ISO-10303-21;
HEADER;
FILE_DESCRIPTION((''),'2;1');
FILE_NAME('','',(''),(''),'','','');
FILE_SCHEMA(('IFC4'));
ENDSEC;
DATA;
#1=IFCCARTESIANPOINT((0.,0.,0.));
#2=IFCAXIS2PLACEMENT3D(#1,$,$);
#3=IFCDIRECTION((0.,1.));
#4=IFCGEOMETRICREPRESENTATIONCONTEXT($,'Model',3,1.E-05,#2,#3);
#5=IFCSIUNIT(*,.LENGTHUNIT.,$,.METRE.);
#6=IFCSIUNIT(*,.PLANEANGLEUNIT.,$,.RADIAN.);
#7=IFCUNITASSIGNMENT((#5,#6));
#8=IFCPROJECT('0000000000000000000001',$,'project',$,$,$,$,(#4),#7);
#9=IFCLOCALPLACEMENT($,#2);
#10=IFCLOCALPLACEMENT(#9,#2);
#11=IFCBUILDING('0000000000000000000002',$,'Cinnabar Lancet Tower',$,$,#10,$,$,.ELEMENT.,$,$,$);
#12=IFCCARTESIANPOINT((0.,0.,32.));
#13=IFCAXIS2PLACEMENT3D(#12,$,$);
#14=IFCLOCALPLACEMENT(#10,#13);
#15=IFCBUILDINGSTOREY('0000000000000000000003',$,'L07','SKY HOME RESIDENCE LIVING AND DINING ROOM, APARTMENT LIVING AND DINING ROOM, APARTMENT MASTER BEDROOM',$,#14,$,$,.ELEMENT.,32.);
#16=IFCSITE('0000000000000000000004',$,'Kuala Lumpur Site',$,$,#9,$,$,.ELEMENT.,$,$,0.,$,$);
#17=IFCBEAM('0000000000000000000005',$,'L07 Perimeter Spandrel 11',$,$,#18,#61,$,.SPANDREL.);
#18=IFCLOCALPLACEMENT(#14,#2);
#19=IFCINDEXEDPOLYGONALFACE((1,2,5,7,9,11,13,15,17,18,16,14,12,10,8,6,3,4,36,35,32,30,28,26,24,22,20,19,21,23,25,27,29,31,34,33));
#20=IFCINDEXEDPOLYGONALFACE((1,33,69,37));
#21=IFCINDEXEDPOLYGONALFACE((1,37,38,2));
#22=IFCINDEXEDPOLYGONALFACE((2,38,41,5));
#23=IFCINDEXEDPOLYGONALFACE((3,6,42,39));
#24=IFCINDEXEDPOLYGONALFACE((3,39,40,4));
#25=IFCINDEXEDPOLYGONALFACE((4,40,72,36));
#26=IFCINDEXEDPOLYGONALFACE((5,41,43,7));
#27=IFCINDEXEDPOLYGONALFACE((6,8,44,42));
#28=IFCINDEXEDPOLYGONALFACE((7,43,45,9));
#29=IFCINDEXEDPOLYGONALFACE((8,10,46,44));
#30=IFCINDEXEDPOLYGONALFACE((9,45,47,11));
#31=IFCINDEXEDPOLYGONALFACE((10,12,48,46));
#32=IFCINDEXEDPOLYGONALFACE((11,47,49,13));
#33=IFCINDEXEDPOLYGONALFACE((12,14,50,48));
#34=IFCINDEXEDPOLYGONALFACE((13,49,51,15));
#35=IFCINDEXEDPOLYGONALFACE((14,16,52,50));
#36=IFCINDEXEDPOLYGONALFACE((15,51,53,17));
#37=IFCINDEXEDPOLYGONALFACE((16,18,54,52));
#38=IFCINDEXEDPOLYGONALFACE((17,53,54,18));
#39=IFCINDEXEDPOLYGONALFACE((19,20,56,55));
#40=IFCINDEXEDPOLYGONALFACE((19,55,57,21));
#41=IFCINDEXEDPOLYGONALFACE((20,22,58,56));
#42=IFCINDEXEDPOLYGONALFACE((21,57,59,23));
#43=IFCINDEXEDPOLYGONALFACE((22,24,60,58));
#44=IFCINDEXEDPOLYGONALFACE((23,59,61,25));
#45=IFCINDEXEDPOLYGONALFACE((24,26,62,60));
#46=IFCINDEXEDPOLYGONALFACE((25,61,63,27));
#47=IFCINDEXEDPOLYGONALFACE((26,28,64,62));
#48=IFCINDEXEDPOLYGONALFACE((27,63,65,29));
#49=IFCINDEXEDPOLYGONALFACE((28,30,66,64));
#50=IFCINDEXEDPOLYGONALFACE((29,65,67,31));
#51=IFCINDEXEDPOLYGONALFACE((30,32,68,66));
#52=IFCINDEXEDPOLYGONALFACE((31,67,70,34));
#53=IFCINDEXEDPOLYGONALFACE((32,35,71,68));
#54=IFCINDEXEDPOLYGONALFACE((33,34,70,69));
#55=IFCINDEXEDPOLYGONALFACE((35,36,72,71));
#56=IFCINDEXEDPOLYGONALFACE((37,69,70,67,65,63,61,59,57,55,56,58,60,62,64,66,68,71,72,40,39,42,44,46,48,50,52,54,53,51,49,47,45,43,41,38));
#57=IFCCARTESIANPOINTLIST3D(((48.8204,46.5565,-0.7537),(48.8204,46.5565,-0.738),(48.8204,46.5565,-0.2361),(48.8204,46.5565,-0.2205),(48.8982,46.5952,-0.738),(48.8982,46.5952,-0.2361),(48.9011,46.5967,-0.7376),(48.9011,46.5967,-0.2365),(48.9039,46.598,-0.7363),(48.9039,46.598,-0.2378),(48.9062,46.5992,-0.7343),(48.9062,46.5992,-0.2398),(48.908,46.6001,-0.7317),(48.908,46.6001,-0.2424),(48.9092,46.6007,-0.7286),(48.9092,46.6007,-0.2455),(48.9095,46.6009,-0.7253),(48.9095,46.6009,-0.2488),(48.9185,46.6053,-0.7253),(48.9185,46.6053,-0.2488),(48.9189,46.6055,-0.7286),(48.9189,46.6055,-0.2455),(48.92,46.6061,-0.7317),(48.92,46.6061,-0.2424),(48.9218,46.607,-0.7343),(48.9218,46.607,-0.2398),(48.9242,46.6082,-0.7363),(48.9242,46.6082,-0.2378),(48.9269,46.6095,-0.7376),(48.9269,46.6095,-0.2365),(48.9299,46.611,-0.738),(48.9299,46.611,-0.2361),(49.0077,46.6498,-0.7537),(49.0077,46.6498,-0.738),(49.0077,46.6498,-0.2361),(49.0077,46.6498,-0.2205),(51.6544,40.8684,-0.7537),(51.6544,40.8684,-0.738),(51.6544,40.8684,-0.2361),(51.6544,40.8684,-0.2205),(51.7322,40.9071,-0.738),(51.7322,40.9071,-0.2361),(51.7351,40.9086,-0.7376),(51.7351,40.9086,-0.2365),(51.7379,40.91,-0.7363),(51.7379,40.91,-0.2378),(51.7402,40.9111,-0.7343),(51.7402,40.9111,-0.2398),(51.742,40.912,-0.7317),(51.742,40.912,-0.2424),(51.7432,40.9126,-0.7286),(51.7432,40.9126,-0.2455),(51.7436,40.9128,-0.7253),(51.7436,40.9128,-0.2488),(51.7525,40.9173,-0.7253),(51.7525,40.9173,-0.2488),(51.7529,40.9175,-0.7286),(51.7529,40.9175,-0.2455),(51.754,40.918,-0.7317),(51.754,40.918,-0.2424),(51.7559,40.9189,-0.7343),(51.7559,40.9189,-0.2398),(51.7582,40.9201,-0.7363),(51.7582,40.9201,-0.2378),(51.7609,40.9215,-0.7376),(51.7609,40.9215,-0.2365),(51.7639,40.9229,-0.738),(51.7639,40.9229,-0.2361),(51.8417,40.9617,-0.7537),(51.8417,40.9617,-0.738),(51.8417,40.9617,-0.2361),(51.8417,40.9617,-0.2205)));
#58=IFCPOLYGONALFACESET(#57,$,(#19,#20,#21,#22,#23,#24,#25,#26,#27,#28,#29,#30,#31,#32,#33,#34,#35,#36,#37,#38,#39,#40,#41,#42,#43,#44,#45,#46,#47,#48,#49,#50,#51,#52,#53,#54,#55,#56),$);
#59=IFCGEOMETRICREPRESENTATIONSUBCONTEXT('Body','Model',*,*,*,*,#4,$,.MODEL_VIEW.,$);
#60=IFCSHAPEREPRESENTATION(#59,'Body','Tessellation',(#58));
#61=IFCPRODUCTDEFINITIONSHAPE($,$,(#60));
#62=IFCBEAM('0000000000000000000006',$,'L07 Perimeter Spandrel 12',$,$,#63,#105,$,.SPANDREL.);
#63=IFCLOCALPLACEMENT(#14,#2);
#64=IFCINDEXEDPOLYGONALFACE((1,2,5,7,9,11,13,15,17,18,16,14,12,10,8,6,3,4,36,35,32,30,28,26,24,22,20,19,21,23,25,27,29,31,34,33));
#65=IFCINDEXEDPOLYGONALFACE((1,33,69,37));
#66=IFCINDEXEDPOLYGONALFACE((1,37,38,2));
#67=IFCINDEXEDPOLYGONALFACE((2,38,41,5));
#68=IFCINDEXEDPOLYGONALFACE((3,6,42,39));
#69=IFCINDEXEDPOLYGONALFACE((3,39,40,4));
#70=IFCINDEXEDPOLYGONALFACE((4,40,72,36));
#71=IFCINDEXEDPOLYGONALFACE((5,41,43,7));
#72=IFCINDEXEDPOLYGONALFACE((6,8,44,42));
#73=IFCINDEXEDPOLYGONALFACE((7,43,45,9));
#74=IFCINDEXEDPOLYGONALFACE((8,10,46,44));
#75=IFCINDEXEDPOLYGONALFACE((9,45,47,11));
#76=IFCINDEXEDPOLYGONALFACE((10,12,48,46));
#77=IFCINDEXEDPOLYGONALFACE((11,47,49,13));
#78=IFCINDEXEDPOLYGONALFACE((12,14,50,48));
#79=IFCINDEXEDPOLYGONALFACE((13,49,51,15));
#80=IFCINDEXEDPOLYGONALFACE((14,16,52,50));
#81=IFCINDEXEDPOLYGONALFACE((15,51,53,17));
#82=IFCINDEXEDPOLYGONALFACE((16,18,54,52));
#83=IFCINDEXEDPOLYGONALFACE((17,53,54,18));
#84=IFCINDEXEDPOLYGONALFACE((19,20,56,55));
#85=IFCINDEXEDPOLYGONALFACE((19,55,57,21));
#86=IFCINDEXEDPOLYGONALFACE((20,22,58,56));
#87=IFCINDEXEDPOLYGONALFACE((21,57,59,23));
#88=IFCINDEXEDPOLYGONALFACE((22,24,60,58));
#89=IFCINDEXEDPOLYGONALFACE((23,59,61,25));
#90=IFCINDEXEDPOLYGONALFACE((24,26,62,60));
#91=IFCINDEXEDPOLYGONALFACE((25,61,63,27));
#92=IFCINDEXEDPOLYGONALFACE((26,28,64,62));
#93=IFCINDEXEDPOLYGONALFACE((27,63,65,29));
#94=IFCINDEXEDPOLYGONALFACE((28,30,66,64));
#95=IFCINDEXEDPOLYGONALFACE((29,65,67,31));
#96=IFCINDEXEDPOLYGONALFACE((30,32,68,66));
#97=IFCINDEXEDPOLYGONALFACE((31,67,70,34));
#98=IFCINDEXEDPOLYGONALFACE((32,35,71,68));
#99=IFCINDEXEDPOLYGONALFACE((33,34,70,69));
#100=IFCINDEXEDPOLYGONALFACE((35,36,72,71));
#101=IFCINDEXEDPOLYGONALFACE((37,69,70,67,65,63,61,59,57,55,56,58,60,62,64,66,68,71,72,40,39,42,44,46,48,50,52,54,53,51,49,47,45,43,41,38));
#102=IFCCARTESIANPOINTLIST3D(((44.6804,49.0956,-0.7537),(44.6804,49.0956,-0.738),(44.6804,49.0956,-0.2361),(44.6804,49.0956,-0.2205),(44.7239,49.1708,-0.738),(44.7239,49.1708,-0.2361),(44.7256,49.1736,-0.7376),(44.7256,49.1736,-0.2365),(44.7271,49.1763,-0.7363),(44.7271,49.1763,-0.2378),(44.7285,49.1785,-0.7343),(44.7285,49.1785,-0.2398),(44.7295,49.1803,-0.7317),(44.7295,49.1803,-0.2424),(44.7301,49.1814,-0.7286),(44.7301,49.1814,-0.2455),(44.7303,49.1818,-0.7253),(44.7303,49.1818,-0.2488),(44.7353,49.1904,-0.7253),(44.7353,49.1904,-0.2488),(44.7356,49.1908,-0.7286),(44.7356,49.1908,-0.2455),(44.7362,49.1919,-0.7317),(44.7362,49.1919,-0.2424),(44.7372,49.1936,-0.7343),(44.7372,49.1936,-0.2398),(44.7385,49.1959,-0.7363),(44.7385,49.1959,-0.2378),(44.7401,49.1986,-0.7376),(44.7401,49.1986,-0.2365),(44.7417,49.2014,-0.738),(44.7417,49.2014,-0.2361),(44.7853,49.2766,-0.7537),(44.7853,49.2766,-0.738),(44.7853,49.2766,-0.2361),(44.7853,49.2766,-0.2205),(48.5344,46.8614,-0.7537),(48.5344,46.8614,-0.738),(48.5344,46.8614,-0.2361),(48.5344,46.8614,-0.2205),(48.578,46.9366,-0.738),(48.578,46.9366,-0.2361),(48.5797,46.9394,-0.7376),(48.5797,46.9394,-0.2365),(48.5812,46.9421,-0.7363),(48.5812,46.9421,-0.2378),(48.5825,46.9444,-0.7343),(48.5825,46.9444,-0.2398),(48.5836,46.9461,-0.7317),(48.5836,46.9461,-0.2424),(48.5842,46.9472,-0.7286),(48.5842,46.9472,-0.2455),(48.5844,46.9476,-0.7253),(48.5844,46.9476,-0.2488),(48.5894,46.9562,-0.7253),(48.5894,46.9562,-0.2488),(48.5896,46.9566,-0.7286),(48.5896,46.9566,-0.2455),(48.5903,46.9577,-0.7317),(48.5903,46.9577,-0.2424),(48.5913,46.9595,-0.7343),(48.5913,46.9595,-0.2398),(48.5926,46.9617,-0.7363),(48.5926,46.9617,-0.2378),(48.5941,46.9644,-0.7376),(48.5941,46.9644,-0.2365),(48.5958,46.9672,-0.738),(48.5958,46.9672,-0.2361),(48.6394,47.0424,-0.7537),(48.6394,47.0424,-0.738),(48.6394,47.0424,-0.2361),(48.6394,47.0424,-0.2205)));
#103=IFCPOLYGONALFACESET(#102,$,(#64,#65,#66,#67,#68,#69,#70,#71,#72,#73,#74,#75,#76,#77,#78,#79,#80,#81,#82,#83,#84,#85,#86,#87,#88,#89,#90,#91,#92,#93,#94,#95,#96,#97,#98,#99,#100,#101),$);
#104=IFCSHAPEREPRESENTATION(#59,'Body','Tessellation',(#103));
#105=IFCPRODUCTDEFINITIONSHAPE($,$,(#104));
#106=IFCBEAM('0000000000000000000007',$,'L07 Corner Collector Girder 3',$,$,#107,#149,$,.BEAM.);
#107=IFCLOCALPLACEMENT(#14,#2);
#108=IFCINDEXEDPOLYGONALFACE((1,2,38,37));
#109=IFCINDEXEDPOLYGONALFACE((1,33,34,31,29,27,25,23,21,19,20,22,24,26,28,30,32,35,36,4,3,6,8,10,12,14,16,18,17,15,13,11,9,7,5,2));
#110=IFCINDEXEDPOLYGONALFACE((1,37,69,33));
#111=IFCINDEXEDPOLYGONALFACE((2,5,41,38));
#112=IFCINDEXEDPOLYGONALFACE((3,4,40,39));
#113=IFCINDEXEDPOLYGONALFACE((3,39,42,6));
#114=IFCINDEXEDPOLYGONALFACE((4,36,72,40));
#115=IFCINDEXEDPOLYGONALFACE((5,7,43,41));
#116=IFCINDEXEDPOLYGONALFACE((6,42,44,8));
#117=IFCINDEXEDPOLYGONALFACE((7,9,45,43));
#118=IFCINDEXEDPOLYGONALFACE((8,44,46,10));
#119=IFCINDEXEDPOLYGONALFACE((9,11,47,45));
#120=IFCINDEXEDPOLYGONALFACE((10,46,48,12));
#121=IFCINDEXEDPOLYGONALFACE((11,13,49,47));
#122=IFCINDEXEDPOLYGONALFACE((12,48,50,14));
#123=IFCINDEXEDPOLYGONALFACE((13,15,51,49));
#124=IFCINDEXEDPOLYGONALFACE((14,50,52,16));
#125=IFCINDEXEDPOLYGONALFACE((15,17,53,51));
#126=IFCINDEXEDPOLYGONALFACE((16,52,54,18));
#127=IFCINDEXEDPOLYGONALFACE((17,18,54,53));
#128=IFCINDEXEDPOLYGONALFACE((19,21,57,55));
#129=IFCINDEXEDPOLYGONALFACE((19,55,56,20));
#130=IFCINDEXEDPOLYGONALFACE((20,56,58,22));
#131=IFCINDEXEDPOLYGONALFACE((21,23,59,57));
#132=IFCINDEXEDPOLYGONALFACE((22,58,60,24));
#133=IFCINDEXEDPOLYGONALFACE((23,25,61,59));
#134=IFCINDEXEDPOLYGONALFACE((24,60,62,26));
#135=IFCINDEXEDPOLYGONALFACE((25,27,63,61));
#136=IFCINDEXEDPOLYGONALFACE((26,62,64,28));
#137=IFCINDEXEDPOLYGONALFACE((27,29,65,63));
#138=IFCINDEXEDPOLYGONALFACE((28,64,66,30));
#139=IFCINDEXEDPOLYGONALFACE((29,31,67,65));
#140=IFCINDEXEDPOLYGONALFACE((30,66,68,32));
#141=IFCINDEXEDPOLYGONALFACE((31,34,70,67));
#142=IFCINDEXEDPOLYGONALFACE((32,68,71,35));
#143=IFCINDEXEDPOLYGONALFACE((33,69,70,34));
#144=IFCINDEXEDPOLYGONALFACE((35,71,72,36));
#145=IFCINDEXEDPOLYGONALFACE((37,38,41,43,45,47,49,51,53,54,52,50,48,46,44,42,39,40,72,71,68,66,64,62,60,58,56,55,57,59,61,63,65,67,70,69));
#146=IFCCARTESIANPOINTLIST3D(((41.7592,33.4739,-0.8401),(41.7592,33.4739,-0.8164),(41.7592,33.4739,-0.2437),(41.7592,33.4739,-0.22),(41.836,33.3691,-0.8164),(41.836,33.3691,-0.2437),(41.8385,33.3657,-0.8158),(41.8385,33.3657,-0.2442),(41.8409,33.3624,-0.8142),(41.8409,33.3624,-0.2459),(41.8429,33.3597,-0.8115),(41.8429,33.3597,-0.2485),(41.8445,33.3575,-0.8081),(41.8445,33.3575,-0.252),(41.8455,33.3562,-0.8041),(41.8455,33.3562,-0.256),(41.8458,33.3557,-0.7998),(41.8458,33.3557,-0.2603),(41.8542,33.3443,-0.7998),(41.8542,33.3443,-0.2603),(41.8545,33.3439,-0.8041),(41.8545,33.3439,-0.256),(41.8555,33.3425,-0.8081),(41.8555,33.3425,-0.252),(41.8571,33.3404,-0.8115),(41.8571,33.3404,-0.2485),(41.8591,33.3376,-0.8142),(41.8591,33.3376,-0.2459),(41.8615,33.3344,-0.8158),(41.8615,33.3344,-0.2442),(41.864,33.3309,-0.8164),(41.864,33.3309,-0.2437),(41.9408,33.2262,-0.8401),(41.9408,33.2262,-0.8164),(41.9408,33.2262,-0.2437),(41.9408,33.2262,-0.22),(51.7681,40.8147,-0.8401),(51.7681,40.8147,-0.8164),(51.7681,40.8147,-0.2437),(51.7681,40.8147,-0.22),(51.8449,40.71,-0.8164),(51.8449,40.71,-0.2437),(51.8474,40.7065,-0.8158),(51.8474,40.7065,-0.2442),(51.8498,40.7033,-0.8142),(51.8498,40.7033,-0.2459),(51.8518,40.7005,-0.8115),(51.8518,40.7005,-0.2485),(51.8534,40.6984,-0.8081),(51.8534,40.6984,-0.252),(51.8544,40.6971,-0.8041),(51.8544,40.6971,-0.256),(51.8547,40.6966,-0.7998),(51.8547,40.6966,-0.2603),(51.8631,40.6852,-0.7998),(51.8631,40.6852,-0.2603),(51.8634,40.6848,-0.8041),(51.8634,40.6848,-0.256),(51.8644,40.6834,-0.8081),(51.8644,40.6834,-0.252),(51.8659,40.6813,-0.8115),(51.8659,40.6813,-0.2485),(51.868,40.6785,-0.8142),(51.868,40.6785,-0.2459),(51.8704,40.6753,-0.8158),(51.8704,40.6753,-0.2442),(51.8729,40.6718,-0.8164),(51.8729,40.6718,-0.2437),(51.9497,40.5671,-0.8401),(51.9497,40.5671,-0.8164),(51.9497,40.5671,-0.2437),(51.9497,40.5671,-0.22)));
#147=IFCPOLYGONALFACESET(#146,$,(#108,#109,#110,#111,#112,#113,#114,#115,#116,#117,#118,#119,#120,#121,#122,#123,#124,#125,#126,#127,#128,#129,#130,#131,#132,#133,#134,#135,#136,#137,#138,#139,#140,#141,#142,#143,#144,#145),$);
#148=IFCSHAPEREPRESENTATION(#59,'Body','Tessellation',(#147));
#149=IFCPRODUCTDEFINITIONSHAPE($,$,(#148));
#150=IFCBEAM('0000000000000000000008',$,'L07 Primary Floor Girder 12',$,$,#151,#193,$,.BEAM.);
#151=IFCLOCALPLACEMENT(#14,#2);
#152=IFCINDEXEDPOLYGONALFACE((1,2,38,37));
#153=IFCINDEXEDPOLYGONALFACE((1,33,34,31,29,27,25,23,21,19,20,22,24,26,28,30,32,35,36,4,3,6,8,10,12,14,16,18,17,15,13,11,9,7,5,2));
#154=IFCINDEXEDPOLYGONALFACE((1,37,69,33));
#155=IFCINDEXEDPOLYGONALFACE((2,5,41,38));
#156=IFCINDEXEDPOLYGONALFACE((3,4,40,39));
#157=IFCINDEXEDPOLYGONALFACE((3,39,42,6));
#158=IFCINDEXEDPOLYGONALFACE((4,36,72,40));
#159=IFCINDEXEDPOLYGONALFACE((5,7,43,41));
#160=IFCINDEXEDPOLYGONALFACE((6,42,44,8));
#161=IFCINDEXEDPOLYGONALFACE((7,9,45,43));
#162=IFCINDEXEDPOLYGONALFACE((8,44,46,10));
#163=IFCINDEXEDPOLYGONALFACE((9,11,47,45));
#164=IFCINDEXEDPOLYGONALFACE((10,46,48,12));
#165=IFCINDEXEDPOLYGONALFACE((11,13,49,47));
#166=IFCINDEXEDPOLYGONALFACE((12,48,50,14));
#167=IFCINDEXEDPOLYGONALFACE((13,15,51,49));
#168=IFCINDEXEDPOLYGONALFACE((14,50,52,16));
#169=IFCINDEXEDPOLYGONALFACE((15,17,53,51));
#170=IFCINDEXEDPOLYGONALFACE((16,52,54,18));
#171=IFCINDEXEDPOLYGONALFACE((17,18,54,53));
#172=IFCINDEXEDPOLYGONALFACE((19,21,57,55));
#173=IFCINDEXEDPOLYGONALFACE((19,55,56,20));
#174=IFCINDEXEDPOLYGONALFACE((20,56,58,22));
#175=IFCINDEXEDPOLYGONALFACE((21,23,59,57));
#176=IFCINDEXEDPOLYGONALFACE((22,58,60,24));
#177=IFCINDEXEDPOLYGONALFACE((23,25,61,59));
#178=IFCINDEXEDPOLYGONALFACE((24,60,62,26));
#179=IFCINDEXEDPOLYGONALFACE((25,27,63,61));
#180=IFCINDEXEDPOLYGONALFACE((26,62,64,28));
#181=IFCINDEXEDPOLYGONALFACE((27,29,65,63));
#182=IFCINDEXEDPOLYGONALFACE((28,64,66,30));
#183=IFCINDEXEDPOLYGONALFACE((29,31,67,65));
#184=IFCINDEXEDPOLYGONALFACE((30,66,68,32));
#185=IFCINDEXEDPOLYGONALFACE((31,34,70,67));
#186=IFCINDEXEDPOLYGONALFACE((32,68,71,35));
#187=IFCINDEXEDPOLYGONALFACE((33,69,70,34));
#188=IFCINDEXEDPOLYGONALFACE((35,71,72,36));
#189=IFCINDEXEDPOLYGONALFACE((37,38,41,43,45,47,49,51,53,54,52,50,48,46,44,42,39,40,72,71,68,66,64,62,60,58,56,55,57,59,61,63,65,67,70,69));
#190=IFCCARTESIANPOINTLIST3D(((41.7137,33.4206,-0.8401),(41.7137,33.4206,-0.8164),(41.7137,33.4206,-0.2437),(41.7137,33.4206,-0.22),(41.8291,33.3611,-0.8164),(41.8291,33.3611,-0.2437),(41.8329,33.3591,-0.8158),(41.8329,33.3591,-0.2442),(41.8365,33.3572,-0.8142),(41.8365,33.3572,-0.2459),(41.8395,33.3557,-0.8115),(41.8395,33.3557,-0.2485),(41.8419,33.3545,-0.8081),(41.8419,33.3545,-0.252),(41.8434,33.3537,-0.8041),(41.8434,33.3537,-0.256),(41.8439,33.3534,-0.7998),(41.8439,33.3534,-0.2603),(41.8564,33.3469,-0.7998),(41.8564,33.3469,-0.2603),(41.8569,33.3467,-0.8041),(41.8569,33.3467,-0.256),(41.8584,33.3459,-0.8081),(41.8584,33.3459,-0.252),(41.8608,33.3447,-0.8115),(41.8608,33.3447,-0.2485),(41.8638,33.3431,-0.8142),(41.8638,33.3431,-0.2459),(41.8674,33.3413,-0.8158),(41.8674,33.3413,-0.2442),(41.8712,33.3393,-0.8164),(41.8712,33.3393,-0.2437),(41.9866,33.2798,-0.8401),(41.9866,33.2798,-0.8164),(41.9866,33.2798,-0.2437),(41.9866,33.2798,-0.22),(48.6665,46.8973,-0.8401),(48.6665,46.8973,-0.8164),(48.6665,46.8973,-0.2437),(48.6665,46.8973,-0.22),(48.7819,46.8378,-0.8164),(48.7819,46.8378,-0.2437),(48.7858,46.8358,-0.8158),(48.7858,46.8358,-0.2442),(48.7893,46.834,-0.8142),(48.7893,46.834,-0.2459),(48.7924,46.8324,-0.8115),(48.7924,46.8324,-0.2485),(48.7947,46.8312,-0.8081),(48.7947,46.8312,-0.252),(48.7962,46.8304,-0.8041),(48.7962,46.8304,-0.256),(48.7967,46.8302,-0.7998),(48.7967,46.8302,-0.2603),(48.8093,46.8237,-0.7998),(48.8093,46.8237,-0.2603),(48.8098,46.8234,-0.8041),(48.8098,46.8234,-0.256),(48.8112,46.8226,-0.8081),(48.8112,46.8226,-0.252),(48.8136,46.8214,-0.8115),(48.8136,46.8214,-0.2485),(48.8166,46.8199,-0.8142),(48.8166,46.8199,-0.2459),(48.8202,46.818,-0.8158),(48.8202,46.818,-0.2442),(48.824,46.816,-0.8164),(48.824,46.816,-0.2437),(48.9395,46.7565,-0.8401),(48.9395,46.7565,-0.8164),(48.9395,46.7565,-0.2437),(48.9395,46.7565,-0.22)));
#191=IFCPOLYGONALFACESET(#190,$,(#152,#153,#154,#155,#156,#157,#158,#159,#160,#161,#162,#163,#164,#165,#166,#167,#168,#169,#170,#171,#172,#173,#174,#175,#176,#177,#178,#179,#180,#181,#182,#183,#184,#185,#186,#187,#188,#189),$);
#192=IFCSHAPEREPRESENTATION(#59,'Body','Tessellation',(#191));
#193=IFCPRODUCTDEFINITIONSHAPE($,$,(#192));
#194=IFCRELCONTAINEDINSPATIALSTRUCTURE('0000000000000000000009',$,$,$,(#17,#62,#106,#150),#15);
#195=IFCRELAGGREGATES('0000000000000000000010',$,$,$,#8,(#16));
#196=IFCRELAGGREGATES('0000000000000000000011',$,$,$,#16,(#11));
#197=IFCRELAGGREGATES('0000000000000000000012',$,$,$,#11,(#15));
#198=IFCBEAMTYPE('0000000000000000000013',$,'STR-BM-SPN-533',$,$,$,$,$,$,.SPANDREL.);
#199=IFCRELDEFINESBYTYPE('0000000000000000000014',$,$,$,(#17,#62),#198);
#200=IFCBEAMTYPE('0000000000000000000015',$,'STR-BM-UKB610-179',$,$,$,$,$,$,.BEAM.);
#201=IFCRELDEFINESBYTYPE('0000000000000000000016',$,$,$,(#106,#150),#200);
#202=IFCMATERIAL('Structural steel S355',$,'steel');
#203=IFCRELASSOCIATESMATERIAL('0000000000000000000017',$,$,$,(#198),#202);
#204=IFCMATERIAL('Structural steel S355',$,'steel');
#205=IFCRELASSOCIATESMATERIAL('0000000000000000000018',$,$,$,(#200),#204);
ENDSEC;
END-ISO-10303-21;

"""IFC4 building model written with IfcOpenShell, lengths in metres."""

from ifc_helpers import new_model, si_unit, direction, frame, origin, origin_2d, place, context, subcontext, project, spatial, i_section, extrude, material, material_profile, profile_set, type_object, element, save


model = new_model("IFC4")

# Units and contexts
model_context = context("Model", 3, precision=1e-05, world=origin(), true_north=direction((0.0, 1.0)))
body_context = subcontext(model_context, "Body", "Model", "MODEL_VIEW")
ifc_project = project(units=[si_unit("LENGTHUNIT", "METRE"), si_unit("PLANEANGLEUNIT", "RADIAN")], contexts=[model_context])

# Site, building, storey
site_placement = place(None, origin())
site = spatial("IfcSite", under=ifc_project, at=site_placement, Name="Kuala Lumpur Site", CompositionType="ELEMENT", RefElevation=0.0)
building_placement = place(site_placement, origin())
building = spatial("IfcBuilding", under=site, at=building_placement, Name="Cinnabar Lancet Tower", CompositionType="ELEMENT")
storey_placement = place(building_placement, frame((0.0, 0.0, 32.0)))
storey = spatial("IfcBuildingStorey", under=building, at=storey_placement, Name="L07", Description="SKY HOME RESIDENCE LIVING AND DINING ROOM, APARTMENT LIVING AND DINING ROOM, APARTMENT MASTER BEDROOM", CompositionType="ELEMENT", Elevation=32.0)

# Beams
ifc_material_1 = material(Name="Structural steel S355", Category="steel")
ifc_material_profile_1 = material_profile(ifc_material_1, i_section(OverallWidth=0.2092, OverallDepth=0.5332, WebThickness=0.01, FlangeThickness=0.0156, FilletRadius=0.0127, at=origin_2d()), Name="UKB 533x210x92")
ifc_profile_set_1 = profile_set([ifc_material_profile_1], Name="Structural steel S355")
beam_type_1 = type_object("IfcBeamType", Name="STR-BM-SPN-533", PredefinedType="SPANDREL", material=ifc_profile_set_1)
beam_1_placement = place(storey_placement, frame((51.748, 40.915, -0.4871), z_axis=(-0.445953, 0.895056, 0.0), x_axis=(-0.895056, -0.445953, 0.0)))
element("IfcBeam", 1, at=beam_1_placement, inside=storey, type_object=beam_type_1, Name="L07 Perimeter Spandrel 11", PredefinedType="SPANDREL", context=body_context, shape_type="SweptSolid", body=[
    extrude(i_section(OverallWidth=0.2092, OverallDepth=0.5332, WebThickness=0.01, FlangeThickness=0.0156, FilletRadius=0.0127, at=origin_2d()), origin(), (0.0, 0.0, 1.0), 6.355),
])
beam_2_placement = place(storey_placement, frame((48.5869, 46.9519, -0.4871), z_axis=(-0.865147, 0.501518, 0.0), x_axis=(-0.501518, -0.865147, 0.0)))
element("IfcBeam", 2, at=beam_2_placement, inside=storey, type_object=beam_type_1, Name="L07 Perimeter Spandrel 12", PredefinedType="SPANDREL", context=body_context, shape_type="SweptSolid", body=[
    extrude(i_section(OverallWidth=0.2092, OverallDepth=0.5332, WebThickness=0.01, FlangeThickness=0.0156, FilletRadius=0.0127, at=origin_2d()), origin(), (0.0, 0.0, 1.0), 4.4548),
])
ifc_material_2 = material(Name="Structural steel S355", Category="steel")
ifc_material_profile_2 = material_profile(ifc_material_2, i_section(OverallWidth=0.3071, OverallDepth=0.6201, WebThickness=0.0142, FlangeThickness=0.0237, FilletRadius=0.0166, at=origin_2d()), Name="UKB 610x305x179")
ifc_profile_set_2 = profile_set([ifc_material_profile_2], Name="Structural steel S355")
beam_type_2 = type_object("IfcBeamType", Name="STR-BM-UKB610-179", PredefinedType="BEAM", material=ifc_profile_set_2)
beam_3_placement = place(storey_placement, frame((51.8589, 40.6909, -0.53), z_axis=(-0.806365, -0.591418, 0.0), x_axis=(0.591418, -0.806365, 0.0)))
element("IfcBeam", 3, at=beam_3_placement, inside=storey, type_object=beam_type_2, Name="L07 Corner Collector Girder 3", PredefinedType="BEAM", context=body_context, shape_type="SweptSolid", body=[
    extrude(i_section(OverallWidth=0.3071, OverallDepth=0.6201, WebThickness=0.0142, FlangeThickness=0.0237, FilletRadius=0.0166, at=origin_2d()), origin(), (0.0, 0.0, 1.0), 12.4124),
])
beam_4_placement = place(storey_placement, frame((48.803, 46.8269, -0.53), z_axis=(-0.458492, -0.888698, 0.0), x_axis=(0.888698, -0.458492, 0.0)))
element("IfcBeam", 4, at=beam_4_placement, inside=storey, type_object=beam_type_2, Name="L07 Primary Floor Girder 12", PredefinedType="BEAM", context=body_context, shape_type="SweptSolid", body=[
    extrude(i_section(OverallWidth=0.3071, OverallDepth=0.6201, WebThickness=0.0142, FlangeThickness=0.0237, FilletRadius=0.0166, at=origin_2d()), origin(), (0.0, 0.0, 1.0), 15.1646),
])

save(model, "model.ifc")
